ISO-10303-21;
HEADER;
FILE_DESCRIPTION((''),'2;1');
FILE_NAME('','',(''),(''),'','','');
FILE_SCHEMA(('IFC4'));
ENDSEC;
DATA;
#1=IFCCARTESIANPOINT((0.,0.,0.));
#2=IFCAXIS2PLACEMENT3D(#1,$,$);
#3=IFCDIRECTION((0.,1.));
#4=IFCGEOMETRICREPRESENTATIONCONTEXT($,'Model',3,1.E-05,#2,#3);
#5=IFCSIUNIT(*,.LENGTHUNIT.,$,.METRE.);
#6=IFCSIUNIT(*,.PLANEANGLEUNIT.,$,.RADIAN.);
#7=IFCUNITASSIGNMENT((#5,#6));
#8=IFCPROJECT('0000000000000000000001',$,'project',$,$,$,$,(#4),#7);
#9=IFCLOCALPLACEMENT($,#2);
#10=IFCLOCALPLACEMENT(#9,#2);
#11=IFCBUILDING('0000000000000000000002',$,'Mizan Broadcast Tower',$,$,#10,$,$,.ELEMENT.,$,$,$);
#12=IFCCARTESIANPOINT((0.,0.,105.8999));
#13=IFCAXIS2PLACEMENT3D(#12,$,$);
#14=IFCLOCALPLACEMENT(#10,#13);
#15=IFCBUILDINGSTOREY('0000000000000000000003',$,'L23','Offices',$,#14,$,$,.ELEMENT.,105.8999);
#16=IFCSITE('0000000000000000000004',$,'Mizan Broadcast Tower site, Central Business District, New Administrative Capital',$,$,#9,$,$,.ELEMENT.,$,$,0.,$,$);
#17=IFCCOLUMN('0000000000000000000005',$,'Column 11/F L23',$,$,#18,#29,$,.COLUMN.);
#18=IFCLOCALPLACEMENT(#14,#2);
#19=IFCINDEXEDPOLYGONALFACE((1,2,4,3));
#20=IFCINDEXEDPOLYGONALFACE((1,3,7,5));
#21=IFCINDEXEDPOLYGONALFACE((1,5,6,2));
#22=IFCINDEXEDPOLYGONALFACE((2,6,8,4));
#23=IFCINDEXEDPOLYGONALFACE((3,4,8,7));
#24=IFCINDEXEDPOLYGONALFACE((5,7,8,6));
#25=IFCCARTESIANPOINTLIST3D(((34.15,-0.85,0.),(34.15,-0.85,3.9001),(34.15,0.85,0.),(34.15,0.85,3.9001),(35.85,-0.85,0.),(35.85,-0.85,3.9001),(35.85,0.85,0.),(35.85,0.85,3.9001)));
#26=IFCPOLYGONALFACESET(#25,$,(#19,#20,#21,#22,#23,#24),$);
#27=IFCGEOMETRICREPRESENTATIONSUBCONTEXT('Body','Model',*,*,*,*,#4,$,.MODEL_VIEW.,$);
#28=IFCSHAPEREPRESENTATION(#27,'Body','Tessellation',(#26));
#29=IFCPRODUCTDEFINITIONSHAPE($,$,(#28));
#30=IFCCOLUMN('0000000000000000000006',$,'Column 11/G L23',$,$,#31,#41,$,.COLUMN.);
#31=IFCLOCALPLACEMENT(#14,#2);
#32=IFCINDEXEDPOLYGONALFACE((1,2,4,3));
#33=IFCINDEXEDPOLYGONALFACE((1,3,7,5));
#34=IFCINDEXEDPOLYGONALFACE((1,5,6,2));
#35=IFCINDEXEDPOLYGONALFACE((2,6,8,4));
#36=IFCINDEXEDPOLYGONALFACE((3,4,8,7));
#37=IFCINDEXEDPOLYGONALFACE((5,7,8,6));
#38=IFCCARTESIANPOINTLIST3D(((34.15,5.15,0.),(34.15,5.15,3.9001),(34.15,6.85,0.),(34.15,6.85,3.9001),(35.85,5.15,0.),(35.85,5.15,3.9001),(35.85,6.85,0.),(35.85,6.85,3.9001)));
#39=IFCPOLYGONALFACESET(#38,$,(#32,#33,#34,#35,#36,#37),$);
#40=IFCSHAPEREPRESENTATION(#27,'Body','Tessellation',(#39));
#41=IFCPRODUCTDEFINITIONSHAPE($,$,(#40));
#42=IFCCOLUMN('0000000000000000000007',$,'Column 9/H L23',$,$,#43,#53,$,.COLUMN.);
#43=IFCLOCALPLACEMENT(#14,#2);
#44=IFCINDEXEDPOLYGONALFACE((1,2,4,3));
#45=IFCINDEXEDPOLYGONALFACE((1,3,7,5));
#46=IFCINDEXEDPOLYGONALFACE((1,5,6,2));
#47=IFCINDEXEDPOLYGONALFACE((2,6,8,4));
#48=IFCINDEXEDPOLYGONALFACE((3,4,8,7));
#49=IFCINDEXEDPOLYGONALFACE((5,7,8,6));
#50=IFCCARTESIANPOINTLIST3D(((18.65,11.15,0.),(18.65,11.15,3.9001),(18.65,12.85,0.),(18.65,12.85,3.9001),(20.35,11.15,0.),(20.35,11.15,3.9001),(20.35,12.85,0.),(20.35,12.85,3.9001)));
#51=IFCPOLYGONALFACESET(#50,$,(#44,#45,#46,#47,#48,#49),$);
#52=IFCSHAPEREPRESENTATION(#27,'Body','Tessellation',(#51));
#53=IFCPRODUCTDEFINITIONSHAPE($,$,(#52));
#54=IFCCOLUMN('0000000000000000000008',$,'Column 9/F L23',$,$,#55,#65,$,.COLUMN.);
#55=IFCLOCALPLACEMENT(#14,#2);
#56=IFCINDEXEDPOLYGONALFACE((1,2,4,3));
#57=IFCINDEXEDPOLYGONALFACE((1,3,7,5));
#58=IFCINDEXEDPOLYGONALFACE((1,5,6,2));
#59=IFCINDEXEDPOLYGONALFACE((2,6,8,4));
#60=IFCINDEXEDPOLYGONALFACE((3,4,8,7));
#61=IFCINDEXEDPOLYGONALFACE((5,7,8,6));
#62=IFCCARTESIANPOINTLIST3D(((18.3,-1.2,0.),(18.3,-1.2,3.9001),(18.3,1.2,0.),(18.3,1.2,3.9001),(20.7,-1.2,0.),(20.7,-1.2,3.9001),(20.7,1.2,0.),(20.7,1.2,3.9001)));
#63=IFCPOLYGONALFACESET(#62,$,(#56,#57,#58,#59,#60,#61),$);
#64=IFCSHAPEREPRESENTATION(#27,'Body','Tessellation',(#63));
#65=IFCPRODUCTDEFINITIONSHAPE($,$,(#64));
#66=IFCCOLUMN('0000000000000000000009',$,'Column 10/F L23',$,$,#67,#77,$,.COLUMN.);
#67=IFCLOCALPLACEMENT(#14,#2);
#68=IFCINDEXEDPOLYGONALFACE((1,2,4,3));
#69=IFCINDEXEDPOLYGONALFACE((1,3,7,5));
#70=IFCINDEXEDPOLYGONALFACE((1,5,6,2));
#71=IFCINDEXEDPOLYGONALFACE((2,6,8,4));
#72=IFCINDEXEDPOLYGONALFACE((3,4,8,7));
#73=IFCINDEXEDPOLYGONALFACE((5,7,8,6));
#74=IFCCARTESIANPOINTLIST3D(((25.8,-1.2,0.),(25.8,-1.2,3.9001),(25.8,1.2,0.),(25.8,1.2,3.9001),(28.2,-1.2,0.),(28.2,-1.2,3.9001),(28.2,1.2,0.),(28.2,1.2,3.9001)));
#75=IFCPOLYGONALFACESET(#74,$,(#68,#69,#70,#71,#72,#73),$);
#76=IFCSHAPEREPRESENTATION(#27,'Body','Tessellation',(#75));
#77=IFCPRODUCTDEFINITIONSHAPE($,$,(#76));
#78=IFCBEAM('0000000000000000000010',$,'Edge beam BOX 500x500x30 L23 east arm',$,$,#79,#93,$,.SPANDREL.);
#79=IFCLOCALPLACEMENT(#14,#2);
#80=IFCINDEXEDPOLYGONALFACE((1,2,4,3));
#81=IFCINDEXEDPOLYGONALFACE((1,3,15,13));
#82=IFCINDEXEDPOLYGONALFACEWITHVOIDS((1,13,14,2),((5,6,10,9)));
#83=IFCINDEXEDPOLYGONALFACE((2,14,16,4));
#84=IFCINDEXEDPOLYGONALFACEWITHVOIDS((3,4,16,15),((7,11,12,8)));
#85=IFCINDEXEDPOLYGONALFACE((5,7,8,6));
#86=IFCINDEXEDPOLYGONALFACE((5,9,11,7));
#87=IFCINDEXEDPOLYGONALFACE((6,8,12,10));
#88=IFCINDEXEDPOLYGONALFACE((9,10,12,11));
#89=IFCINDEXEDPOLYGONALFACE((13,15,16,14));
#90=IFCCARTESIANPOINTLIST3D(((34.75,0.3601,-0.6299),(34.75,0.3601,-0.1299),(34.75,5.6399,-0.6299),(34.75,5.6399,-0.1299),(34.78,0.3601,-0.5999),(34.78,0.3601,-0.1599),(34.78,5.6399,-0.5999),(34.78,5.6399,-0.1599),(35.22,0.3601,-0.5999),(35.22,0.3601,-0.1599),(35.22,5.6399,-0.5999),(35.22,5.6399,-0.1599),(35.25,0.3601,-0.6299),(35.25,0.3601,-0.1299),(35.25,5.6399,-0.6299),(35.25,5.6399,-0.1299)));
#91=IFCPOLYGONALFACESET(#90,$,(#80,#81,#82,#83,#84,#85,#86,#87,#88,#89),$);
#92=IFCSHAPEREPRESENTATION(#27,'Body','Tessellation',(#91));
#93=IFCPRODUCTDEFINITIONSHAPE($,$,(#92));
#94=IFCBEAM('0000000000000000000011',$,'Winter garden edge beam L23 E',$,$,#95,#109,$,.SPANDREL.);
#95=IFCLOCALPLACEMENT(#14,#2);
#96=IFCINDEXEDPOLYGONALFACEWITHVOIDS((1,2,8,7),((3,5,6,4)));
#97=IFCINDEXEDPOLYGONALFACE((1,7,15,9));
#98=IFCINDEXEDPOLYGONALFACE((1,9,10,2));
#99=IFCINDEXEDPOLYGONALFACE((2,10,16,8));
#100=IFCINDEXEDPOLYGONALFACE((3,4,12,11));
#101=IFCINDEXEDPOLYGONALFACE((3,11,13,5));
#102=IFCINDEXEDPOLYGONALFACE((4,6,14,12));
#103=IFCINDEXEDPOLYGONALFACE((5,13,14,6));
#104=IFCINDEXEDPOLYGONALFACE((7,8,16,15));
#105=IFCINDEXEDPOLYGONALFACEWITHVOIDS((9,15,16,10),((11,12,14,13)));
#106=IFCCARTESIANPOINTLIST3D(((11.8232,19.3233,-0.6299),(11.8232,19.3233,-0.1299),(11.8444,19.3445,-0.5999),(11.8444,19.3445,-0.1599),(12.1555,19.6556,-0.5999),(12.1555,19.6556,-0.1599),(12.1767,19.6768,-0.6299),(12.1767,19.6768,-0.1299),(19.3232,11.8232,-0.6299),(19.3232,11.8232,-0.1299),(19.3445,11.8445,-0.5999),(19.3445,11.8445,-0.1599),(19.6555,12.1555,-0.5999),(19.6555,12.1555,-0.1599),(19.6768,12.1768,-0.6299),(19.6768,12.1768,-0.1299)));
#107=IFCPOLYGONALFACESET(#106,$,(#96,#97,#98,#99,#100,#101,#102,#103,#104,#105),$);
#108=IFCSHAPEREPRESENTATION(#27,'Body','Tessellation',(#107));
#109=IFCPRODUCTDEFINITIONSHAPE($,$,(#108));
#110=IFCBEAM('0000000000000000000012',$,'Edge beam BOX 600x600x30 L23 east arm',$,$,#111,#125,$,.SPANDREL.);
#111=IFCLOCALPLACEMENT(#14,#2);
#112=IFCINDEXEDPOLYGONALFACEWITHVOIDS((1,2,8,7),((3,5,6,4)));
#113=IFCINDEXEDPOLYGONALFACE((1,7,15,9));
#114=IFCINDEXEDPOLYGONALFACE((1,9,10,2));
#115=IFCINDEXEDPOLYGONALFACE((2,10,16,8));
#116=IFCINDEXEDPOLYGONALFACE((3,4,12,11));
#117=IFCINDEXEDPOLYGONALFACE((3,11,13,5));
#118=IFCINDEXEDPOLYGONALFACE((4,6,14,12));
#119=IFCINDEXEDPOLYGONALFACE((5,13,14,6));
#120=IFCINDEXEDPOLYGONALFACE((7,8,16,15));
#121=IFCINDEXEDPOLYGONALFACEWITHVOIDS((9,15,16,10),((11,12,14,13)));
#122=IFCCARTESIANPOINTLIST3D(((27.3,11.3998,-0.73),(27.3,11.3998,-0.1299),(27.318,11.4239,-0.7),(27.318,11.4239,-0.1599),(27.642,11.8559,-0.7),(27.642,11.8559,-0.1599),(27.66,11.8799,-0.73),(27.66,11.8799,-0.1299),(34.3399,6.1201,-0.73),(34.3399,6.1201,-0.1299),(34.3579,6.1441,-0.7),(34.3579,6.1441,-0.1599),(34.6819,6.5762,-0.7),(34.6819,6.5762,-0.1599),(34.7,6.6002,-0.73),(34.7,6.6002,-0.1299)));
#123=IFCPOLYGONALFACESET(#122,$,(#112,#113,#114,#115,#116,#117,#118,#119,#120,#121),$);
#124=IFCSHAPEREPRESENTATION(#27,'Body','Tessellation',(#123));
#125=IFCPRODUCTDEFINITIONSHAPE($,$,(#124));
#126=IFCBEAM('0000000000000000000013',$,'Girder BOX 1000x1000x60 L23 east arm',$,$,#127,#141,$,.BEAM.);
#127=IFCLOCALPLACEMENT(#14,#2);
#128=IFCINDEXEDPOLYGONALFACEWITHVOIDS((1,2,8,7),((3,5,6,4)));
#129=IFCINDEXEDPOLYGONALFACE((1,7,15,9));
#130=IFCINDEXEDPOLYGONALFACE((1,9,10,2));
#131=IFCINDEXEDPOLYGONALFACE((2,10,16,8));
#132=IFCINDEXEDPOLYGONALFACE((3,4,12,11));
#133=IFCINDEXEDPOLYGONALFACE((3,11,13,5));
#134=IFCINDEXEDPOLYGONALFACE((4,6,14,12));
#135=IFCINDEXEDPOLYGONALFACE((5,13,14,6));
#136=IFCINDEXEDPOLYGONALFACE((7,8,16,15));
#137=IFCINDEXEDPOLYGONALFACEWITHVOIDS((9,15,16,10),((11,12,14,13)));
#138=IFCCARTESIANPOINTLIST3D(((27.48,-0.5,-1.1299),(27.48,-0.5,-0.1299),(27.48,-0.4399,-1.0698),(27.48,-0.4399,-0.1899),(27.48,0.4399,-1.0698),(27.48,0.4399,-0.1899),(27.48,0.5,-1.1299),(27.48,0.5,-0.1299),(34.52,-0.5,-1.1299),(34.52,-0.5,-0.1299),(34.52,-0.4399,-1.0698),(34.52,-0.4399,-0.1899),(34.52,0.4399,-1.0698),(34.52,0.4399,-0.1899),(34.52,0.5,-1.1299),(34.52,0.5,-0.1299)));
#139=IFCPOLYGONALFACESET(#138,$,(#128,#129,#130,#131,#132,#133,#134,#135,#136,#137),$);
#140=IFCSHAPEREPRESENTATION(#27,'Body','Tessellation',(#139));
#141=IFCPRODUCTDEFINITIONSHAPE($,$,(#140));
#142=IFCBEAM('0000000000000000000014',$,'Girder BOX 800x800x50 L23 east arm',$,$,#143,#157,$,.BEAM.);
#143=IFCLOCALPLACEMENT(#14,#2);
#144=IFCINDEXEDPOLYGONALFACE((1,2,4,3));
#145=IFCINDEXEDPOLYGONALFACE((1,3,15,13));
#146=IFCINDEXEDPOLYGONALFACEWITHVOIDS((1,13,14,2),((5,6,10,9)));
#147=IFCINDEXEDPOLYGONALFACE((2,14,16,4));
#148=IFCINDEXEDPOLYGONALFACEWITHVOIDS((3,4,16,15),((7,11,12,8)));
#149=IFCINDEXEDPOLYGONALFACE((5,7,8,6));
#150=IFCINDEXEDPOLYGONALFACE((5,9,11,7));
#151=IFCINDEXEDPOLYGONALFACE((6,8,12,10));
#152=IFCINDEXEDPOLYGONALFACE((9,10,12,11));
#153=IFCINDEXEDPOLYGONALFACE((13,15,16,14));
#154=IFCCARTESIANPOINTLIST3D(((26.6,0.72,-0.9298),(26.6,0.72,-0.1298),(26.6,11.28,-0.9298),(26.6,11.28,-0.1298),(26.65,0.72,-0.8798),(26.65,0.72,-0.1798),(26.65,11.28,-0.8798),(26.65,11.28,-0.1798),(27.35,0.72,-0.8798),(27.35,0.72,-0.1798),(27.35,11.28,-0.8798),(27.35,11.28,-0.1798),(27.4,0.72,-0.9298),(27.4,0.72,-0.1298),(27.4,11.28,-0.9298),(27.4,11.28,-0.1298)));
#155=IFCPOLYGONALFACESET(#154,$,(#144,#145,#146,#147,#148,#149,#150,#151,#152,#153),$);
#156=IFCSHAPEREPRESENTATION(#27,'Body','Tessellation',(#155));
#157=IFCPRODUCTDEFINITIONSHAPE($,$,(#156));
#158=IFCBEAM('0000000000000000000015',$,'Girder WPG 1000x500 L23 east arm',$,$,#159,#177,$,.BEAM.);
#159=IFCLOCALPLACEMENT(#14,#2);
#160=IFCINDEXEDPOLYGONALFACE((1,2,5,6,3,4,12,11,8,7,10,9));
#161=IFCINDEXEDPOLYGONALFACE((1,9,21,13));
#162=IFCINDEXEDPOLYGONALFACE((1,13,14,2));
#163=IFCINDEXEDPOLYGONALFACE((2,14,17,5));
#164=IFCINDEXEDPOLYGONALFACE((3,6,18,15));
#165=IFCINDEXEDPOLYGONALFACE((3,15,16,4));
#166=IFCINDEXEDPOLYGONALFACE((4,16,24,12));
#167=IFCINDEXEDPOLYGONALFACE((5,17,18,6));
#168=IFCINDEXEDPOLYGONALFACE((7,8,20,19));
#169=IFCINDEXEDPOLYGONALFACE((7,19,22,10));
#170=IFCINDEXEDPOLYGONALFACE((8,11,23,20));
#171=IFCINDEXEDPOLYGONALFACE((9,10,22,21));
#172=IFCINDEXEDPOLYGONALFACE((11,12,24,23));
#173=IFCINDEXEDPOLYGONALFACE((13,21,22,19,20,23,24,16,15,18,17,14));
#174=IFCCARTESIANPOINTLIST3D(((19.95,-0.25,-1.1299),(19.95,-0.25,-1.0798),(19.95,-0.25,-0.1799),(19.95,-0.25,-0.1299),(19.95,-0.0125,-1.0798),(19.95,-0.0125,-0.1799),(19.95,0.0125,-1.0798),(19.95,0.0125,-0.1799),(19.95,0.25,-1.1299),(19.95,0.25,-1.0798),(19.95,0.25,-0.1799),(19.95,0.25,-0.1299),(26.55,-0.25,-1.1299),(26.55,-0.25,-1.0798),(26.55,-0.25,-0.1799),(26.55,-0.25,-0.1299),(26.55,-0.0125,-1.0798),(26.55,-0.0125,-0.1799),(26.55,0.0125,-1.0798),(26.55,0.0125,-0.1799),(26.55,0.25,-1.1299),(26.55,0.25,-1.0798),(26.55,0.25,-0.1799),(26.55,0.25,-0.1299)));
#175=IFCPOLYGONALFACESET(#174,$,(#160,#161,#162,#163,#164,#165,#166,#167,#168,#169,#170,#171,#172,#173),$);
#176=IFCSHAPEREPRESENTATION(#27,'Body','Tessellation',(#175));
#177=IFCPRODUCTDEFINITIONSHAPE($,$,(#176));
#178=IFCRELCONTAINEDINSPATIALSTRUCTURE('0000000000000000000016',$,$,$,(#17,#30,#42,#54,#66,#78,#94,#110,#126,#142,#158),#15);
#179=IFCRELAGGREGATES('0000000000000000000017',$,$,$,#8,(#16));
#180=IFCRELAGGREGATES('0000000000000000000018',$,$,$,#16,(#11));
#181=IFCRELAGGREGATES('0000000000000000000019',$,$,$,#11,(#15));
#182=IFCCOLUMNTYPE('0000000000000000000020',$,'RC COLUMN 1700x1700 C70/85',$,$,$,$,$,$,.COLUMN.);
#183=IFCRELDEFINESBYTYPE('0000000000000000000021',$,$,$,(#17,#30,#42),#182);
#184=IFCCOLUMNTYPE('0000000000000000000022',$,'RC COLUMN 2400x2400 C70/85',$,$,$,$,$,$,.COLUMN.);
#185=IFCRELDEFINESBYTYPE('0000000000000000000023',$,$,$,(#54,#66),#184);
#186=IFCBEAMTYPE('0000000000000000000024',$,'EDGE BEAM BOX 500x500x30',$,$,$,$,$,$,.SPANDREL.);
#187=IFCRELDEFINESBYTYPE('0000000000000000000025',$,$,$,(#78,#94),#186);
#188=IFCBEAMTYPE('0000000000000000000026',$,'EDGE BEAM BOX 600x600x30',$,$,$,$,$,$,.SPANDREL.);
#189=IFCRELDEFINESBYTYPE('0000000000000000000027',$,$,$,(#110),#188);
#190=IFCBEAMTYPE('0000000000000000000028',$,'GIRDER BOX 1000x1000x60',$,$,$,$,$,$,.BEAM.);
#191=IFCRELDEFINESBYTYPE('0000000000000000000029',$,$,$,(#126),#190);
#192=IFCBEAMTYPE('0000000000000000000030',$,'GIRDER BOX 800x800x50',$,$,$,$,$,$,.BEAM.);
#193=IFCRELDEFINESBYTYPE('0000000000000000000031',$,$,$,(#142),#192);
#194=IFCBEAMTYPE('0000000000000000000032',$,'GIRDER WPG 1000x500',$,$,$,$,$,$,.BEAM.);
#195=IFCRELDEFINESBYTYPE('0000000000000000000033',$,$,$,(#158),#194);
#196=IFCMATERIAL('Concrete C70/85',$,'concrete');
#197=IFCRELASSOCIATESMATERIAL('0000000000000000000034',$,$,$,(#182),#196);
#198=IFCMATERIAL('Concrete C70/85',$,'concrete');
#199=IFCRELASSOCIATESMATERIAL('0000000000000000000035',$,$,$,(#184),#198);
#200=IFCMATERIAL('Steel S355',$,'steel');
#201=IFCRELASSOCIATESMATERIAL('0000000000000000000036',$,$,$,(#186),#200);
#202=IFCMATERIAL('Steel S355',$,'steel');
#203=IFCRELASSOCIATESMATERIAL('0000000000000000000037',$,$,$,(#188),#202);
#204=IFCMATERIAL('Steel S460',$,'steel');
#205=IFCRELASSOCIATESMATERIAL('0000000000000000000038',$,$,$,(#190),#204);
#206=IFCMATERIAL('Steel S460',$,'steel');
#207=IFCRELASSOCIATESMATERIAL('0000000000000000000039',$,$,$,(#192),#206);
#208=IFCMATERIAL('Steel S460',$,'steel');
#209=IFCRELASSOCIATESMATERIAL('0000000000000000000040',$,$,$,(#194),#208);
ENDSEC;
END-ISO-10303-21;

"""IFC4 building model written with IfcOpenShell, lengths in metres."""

from ifc_helpers import new_model, si_unit, direction, frame, origin, origin_2d, place, context, subcontext, project, spatial, rectangle, hollow_rectangle, i_section, extrude, material, material_profile, profile_set, type_object, element, save


model = new_model("IFC4")

# Units and contexts
model_context = context("Model", 3, precision=1e-05, world=origin(), true_north=direction((0.0, 1.0)))
body_context = subcontext(model_context, "Body", "Model", "MODEL_VIEW")
ifc_project = project(units=[si_unit("LENGTHUNIT", "METRE"), si_unit("PLANEANGLEUNIT", "RADIAN")], contexts=[model_context])

# Site, building, storey
site_placement = place(None, origin())
site = spatial("IfcSite", under=ifc_project, at=site_placement, Name="Mizan Broadcast Tower site, Central Business District, New Administrative Capital", CompositionType="ELEMENT", RefElevation=0.0)
building_placement = place(site_placement, origin())
building = spatial("IfcBuilding", under=site, at=building_placement, Name="Mizan Broadcast Tower", CompositionType="ELEMENT")
storey_placement = place(building_placement, frame((0.0, 0.0, 105.8999)))
storey = spatial("IfcBuildingStorey", under=building, at=storey_placement, Name="L23", Description="Offices", CompositionType="ELEMENT", Elevation=105.8999)

# Columns
ifc_material_1 = material(Name="Concrete C70/85", Category="concrete")
ifc_material_profile_1 = material_profile(ifc_material_1, rectangle(XDim=1.7, YDim=1.7, at=origin_2d()), Name="RC 1700x1700")
ifc_profile_set_1 = profile_set([ifc_material_profile_1], Name="Concrete C70/85")
column_type_1 = type_object("IfcColumnType", Name="RC COLUMN 1700x1700 C70/85", PredefinedType="COLUMN", material=ifc_profile_set_1)
for number, where, z_axis, x_axis, name in (
    (1, (35.0, 0.0, 0.0), (0.0, 0.0, 1.0), (1.0, 0.0, 0.0), "Column 11/F L23"),
    (2, (35.0, 6.0, 0.0), (0.0, 0.0, 1.0), (1.0, 0.0, 0.0), "Column 11/G L23"),
    (3, (19.5, 12.0, 0.0), (0.0, 0.0, 1.0), (1.0, 0.0, 0.0), "Column 9/H L23"),
):
    element("IfcColumn", number, at=place(storey_placement, frame(where, z_axis=z_axis, x_axis=x_axis)), inside=storey, type_object=column_type_1, Name=name, PredefinedType="COLUMN", context=body_context, shape_type="SweptSolid", body=[
        extrude(rectangle(XDim=1.7, YDim=1.7, at=origin_2d()), origin(), (0.0, 0.0, 1.0), 3.9001),
    ])
ifc_material_2 = material(Name="Concrete C70/85", Category="concrete")
ifc_material_profile_2 = material_profile(ifc_material_2, rectangle(XDim=2.3999, YDim=2.3999, at=origin_2d()), Name="RC 2400x2400")
ifc_profile_set_2 = profile_set([ifc_material_profile_2], Name="Concrete C70/85")
column_type_2 = type_object("IfcColumnType", Name="RC COLUMN 2400x2400 C70/85", PredefinedType="COLUMN", material=ifc_profile_set_2)
for number, where, z_axis, x_axis, name in (
    (4, (19.5, 0.0, 0.0), (0.0, 0.0, 1.0), (1.0, 0.0, 0.0), "Column 9/F L23"),
    (5, (27.0, 0.0, 0.0), (0.0, 0.0, 1.0), (1.0, 0.0, 0.0), "Column 10/F L23"),
):
    element("IfcColumn", number, at=place(storey_placement, frame(where, z_axis=z_axis, x_axis=x_axis)), inside=storey, type_object=column_type_2, Name=name, PredefinedType="COLUMN", context=body_context, shape_type="SweptSolid", body=[
        extrude(rectangle(XDim=2.3999, YDim=2.3999, at=origin_2d()), origin(), (0.0, 0.0, 1.0), 3.9001),
    ])

# Beams
ifc_material_3 = material(Name="Steel S355", Category="steel")
ifc_material_profile_3 = material_profile(ifc_material_3, hollow_rectangle(XDim=0.5, YDim=0.5, WallThickness=0.03, at=origin_2d()), Name="BOX 500x500x30")
ifc_profile_set_3 = profile_set([ifc_material_profile_3], Name="Steel S355")
beam_type_1 = type_object("IfcBeamType", Name="EDGE BEAM BOX 500x500x30", PredefinedType="SPANDREL", material=ifc_profile_set_3)
beam_1_placement = place(storey_placement, frame((35.0, 5.6399, -0.3799), z_axis=(0.0, -1.0, 0.0), x_axis=(1.0, 0.0, 0.0)))
element("IfcBeam", 6, at=beam_1_placement, inside=storey, type_object=beam_type_1, Name="Edge beam BOX 500x500x30 L23 east arm", PredefinedType="SPANDREL", context=body_context, shape_type="SweptSolid", body=[
    extrude(hollow_rectangle(XDim=0.5, YDim=0.5, WallThickness=0.03, at=origin_2d()), origin(), (0.0, 0.0, 1.0), 5.2798),
])
beam_2_placement = place(storey_placement, frame((19.5, 12.0, -0.3799), z_axis=(-0.707107, 0.707107, 0.0), x_axis=(-0.707107, -0.707107, 0.0)))
element("IfcBeam", 7, at=beam_2_placement, inside=storey, type_object=beam_type_1, Name="Winter garden edge beam L23 E", PredefinedType="SPANDREL", context=body_context, shape_type="SweptSolid", body=[
    extrude(hollow_rectangle(XDim=0.5, YDim=0.5, WallThickness=0.03, at=origin_2d()), origin(), (0.0, 0.0, 1.0), 10.6067),
])
ifc_material_4 = material(Name="Steel S355", Category="steel")
ifc_material_profile_4 = material_profile(ifc_material_4, hollow_rectangle(XDim=0.6001, YDim=0.6001, WallThickness=0.03, at=origin_2d()), Name="BOX 600x600x30")
ifc_profile_set_4 = profile_set([ifc_material_profile_4], Name="Steel S355")
beam_type_2 = type_object("IfcBeamType", Name="EDGE BEAM BOX 600x600x30", PredefinedType="SPANDREL", material=ifc_profile_set_4)
beam_3_placement = place(storey_placement, frame((27.48, 11.6399, -0.4299), z_axis=(0.800013, -0.599982, 0.0), x_axis=(0.599982, 0.800013, 0.0)))
element("IfcBeam", 8, at=beam_3_placement, inside=storey, type_object=beam_type_2, Name="Edge beam BOX 600x600x30 L23 east arm", PredefinedType="SPANDREL", context=body_context, shape_type="SweptSolid", body=[
    extrude(hollow_rectangle(XDim=0.6001, YDim=0.6001, WallThickness=0.03, at=origin_2d()), origin(), (0.0, 0.0, 1.0), 8.7998),
])
ifc_material_5 = material(Name="Steel S460", Category="steel")
ifc_material_profile_5 = material_profile(ifc_material_5, hollow_rectangle(XDim=1.0, YDim=1.0, WallThickness=0.0601, at=origin_2d()), Name="BOX 1000x1000x60")
ifc_profile_set_5 = profile_set([ifc_material_profile_5], Name="Steel S460")
beam_type_3 = type_object("IfcBeamType", Name="GIRDER BOX 1000x1000x60", PredefinedType="BEAM", material=ifc_profile_set_5)
beam_4_placement = place(storey_placement, frame((27.48, 0.0, -0.6299), z_axis=(1.0, 0.0, 0.0), x_axis=(0.0, 1.0, 0.0)))
element("IfcBeam", 9, at=beam_4_placement, inside=storey, type_object=beam_type_3, Name="Girder BOX 1000x1000x60 L23 east arm", PredefinedType="BEAM", context=body_context, shape_type="SweptSolid", body=[
    extrude(hollow_rectangle(XDim=1.0, YDim=1.0, WallThickness=0.0601, at=origin_2d()), origin(), (0.0, 0.0, 1.0), 7.04),
])
ifc_material_6 = material(Name="Steel S460", Category="steel")
ifc_material_profile_6 = material_profile(ifc_material_6, hollow_rectangle(XDim=0.8, YDim=0.8, WallThickness=0.05, at=origin_2d()), Name="BOX 800x800x50")
ifc_profile_set_6 = profile_set([ifc_material_profile_6], Name="Steel S460")
beam_type_4 = type_object("IfcBeamType", Name="GIRDER BOX 800x800x50", PredefinedType="BEAM", material=ifc_profile_set_6)
beam_5_placement = place(storey_placement, frame((27.0, 11.28, -0.5298), z_axis=(0.0, -1.0, 0.0), x_axis=(1.0, 0.0, 0.0)))
element("IfcBeam", 10, at=beam_5_placement, inside=storey, type_object=beam_type_4, Name="Girder BOX 800x800x50 L23 east arm", PredefinedType="BEAM", context=body_context, shape_type="SweptSolid", body=[
    extrude(hollow_rectangle(XDim=0.8, YDim=0.8, WallThickness=0.05, at=origin_2d()), origin(), (0.0, 0.0, 1.0), 10.5601),
])
ifc_material_7 = material(Name="Steel S460", Category="steel")
ifc_material_profile_7 = material_profile(ifc_material_7, i_section(OverallWidth=0.5, OverallDepth=1.0, WebThickness=0.0249, FlangeThickness=0.05, at=origin_2d()), Name="WPG 1000x500")
ifc_profile_set_7 = profile_set([ifc_material_profile_7], Name="Steel S460")
beam_type_5 = type_object("IfcBeamType", Name="GIRDER WPG 1000x500", PredefinedType="BEAM", material=ifc_profile_set_7)
beam_6_placement = place(storey_placement, frame((19.95, 0.0, -0.6299), z_axis=(1.0, 0.0, 0.0), x_axis=(0.0, 1.0, 0.0)))
element("IfcBeam", 11, at=beam_6_placement, inside=storey, type_object=beam_type_5, Name="Girder WPG 1000x500 L23 east arm", PredefinedType="BEAM", context=body_context, shape_type="SweptSolid", body=[
    extrude(i_section(OverallWidth=0.5, OverallDepth=1.0, WebThickness=0.0249, FlangeThickness=0.05, at=origin_2d()), origin(), (0.0, 0.0, 1.0), 6.6001),
])

save(model, "model.ifc")
